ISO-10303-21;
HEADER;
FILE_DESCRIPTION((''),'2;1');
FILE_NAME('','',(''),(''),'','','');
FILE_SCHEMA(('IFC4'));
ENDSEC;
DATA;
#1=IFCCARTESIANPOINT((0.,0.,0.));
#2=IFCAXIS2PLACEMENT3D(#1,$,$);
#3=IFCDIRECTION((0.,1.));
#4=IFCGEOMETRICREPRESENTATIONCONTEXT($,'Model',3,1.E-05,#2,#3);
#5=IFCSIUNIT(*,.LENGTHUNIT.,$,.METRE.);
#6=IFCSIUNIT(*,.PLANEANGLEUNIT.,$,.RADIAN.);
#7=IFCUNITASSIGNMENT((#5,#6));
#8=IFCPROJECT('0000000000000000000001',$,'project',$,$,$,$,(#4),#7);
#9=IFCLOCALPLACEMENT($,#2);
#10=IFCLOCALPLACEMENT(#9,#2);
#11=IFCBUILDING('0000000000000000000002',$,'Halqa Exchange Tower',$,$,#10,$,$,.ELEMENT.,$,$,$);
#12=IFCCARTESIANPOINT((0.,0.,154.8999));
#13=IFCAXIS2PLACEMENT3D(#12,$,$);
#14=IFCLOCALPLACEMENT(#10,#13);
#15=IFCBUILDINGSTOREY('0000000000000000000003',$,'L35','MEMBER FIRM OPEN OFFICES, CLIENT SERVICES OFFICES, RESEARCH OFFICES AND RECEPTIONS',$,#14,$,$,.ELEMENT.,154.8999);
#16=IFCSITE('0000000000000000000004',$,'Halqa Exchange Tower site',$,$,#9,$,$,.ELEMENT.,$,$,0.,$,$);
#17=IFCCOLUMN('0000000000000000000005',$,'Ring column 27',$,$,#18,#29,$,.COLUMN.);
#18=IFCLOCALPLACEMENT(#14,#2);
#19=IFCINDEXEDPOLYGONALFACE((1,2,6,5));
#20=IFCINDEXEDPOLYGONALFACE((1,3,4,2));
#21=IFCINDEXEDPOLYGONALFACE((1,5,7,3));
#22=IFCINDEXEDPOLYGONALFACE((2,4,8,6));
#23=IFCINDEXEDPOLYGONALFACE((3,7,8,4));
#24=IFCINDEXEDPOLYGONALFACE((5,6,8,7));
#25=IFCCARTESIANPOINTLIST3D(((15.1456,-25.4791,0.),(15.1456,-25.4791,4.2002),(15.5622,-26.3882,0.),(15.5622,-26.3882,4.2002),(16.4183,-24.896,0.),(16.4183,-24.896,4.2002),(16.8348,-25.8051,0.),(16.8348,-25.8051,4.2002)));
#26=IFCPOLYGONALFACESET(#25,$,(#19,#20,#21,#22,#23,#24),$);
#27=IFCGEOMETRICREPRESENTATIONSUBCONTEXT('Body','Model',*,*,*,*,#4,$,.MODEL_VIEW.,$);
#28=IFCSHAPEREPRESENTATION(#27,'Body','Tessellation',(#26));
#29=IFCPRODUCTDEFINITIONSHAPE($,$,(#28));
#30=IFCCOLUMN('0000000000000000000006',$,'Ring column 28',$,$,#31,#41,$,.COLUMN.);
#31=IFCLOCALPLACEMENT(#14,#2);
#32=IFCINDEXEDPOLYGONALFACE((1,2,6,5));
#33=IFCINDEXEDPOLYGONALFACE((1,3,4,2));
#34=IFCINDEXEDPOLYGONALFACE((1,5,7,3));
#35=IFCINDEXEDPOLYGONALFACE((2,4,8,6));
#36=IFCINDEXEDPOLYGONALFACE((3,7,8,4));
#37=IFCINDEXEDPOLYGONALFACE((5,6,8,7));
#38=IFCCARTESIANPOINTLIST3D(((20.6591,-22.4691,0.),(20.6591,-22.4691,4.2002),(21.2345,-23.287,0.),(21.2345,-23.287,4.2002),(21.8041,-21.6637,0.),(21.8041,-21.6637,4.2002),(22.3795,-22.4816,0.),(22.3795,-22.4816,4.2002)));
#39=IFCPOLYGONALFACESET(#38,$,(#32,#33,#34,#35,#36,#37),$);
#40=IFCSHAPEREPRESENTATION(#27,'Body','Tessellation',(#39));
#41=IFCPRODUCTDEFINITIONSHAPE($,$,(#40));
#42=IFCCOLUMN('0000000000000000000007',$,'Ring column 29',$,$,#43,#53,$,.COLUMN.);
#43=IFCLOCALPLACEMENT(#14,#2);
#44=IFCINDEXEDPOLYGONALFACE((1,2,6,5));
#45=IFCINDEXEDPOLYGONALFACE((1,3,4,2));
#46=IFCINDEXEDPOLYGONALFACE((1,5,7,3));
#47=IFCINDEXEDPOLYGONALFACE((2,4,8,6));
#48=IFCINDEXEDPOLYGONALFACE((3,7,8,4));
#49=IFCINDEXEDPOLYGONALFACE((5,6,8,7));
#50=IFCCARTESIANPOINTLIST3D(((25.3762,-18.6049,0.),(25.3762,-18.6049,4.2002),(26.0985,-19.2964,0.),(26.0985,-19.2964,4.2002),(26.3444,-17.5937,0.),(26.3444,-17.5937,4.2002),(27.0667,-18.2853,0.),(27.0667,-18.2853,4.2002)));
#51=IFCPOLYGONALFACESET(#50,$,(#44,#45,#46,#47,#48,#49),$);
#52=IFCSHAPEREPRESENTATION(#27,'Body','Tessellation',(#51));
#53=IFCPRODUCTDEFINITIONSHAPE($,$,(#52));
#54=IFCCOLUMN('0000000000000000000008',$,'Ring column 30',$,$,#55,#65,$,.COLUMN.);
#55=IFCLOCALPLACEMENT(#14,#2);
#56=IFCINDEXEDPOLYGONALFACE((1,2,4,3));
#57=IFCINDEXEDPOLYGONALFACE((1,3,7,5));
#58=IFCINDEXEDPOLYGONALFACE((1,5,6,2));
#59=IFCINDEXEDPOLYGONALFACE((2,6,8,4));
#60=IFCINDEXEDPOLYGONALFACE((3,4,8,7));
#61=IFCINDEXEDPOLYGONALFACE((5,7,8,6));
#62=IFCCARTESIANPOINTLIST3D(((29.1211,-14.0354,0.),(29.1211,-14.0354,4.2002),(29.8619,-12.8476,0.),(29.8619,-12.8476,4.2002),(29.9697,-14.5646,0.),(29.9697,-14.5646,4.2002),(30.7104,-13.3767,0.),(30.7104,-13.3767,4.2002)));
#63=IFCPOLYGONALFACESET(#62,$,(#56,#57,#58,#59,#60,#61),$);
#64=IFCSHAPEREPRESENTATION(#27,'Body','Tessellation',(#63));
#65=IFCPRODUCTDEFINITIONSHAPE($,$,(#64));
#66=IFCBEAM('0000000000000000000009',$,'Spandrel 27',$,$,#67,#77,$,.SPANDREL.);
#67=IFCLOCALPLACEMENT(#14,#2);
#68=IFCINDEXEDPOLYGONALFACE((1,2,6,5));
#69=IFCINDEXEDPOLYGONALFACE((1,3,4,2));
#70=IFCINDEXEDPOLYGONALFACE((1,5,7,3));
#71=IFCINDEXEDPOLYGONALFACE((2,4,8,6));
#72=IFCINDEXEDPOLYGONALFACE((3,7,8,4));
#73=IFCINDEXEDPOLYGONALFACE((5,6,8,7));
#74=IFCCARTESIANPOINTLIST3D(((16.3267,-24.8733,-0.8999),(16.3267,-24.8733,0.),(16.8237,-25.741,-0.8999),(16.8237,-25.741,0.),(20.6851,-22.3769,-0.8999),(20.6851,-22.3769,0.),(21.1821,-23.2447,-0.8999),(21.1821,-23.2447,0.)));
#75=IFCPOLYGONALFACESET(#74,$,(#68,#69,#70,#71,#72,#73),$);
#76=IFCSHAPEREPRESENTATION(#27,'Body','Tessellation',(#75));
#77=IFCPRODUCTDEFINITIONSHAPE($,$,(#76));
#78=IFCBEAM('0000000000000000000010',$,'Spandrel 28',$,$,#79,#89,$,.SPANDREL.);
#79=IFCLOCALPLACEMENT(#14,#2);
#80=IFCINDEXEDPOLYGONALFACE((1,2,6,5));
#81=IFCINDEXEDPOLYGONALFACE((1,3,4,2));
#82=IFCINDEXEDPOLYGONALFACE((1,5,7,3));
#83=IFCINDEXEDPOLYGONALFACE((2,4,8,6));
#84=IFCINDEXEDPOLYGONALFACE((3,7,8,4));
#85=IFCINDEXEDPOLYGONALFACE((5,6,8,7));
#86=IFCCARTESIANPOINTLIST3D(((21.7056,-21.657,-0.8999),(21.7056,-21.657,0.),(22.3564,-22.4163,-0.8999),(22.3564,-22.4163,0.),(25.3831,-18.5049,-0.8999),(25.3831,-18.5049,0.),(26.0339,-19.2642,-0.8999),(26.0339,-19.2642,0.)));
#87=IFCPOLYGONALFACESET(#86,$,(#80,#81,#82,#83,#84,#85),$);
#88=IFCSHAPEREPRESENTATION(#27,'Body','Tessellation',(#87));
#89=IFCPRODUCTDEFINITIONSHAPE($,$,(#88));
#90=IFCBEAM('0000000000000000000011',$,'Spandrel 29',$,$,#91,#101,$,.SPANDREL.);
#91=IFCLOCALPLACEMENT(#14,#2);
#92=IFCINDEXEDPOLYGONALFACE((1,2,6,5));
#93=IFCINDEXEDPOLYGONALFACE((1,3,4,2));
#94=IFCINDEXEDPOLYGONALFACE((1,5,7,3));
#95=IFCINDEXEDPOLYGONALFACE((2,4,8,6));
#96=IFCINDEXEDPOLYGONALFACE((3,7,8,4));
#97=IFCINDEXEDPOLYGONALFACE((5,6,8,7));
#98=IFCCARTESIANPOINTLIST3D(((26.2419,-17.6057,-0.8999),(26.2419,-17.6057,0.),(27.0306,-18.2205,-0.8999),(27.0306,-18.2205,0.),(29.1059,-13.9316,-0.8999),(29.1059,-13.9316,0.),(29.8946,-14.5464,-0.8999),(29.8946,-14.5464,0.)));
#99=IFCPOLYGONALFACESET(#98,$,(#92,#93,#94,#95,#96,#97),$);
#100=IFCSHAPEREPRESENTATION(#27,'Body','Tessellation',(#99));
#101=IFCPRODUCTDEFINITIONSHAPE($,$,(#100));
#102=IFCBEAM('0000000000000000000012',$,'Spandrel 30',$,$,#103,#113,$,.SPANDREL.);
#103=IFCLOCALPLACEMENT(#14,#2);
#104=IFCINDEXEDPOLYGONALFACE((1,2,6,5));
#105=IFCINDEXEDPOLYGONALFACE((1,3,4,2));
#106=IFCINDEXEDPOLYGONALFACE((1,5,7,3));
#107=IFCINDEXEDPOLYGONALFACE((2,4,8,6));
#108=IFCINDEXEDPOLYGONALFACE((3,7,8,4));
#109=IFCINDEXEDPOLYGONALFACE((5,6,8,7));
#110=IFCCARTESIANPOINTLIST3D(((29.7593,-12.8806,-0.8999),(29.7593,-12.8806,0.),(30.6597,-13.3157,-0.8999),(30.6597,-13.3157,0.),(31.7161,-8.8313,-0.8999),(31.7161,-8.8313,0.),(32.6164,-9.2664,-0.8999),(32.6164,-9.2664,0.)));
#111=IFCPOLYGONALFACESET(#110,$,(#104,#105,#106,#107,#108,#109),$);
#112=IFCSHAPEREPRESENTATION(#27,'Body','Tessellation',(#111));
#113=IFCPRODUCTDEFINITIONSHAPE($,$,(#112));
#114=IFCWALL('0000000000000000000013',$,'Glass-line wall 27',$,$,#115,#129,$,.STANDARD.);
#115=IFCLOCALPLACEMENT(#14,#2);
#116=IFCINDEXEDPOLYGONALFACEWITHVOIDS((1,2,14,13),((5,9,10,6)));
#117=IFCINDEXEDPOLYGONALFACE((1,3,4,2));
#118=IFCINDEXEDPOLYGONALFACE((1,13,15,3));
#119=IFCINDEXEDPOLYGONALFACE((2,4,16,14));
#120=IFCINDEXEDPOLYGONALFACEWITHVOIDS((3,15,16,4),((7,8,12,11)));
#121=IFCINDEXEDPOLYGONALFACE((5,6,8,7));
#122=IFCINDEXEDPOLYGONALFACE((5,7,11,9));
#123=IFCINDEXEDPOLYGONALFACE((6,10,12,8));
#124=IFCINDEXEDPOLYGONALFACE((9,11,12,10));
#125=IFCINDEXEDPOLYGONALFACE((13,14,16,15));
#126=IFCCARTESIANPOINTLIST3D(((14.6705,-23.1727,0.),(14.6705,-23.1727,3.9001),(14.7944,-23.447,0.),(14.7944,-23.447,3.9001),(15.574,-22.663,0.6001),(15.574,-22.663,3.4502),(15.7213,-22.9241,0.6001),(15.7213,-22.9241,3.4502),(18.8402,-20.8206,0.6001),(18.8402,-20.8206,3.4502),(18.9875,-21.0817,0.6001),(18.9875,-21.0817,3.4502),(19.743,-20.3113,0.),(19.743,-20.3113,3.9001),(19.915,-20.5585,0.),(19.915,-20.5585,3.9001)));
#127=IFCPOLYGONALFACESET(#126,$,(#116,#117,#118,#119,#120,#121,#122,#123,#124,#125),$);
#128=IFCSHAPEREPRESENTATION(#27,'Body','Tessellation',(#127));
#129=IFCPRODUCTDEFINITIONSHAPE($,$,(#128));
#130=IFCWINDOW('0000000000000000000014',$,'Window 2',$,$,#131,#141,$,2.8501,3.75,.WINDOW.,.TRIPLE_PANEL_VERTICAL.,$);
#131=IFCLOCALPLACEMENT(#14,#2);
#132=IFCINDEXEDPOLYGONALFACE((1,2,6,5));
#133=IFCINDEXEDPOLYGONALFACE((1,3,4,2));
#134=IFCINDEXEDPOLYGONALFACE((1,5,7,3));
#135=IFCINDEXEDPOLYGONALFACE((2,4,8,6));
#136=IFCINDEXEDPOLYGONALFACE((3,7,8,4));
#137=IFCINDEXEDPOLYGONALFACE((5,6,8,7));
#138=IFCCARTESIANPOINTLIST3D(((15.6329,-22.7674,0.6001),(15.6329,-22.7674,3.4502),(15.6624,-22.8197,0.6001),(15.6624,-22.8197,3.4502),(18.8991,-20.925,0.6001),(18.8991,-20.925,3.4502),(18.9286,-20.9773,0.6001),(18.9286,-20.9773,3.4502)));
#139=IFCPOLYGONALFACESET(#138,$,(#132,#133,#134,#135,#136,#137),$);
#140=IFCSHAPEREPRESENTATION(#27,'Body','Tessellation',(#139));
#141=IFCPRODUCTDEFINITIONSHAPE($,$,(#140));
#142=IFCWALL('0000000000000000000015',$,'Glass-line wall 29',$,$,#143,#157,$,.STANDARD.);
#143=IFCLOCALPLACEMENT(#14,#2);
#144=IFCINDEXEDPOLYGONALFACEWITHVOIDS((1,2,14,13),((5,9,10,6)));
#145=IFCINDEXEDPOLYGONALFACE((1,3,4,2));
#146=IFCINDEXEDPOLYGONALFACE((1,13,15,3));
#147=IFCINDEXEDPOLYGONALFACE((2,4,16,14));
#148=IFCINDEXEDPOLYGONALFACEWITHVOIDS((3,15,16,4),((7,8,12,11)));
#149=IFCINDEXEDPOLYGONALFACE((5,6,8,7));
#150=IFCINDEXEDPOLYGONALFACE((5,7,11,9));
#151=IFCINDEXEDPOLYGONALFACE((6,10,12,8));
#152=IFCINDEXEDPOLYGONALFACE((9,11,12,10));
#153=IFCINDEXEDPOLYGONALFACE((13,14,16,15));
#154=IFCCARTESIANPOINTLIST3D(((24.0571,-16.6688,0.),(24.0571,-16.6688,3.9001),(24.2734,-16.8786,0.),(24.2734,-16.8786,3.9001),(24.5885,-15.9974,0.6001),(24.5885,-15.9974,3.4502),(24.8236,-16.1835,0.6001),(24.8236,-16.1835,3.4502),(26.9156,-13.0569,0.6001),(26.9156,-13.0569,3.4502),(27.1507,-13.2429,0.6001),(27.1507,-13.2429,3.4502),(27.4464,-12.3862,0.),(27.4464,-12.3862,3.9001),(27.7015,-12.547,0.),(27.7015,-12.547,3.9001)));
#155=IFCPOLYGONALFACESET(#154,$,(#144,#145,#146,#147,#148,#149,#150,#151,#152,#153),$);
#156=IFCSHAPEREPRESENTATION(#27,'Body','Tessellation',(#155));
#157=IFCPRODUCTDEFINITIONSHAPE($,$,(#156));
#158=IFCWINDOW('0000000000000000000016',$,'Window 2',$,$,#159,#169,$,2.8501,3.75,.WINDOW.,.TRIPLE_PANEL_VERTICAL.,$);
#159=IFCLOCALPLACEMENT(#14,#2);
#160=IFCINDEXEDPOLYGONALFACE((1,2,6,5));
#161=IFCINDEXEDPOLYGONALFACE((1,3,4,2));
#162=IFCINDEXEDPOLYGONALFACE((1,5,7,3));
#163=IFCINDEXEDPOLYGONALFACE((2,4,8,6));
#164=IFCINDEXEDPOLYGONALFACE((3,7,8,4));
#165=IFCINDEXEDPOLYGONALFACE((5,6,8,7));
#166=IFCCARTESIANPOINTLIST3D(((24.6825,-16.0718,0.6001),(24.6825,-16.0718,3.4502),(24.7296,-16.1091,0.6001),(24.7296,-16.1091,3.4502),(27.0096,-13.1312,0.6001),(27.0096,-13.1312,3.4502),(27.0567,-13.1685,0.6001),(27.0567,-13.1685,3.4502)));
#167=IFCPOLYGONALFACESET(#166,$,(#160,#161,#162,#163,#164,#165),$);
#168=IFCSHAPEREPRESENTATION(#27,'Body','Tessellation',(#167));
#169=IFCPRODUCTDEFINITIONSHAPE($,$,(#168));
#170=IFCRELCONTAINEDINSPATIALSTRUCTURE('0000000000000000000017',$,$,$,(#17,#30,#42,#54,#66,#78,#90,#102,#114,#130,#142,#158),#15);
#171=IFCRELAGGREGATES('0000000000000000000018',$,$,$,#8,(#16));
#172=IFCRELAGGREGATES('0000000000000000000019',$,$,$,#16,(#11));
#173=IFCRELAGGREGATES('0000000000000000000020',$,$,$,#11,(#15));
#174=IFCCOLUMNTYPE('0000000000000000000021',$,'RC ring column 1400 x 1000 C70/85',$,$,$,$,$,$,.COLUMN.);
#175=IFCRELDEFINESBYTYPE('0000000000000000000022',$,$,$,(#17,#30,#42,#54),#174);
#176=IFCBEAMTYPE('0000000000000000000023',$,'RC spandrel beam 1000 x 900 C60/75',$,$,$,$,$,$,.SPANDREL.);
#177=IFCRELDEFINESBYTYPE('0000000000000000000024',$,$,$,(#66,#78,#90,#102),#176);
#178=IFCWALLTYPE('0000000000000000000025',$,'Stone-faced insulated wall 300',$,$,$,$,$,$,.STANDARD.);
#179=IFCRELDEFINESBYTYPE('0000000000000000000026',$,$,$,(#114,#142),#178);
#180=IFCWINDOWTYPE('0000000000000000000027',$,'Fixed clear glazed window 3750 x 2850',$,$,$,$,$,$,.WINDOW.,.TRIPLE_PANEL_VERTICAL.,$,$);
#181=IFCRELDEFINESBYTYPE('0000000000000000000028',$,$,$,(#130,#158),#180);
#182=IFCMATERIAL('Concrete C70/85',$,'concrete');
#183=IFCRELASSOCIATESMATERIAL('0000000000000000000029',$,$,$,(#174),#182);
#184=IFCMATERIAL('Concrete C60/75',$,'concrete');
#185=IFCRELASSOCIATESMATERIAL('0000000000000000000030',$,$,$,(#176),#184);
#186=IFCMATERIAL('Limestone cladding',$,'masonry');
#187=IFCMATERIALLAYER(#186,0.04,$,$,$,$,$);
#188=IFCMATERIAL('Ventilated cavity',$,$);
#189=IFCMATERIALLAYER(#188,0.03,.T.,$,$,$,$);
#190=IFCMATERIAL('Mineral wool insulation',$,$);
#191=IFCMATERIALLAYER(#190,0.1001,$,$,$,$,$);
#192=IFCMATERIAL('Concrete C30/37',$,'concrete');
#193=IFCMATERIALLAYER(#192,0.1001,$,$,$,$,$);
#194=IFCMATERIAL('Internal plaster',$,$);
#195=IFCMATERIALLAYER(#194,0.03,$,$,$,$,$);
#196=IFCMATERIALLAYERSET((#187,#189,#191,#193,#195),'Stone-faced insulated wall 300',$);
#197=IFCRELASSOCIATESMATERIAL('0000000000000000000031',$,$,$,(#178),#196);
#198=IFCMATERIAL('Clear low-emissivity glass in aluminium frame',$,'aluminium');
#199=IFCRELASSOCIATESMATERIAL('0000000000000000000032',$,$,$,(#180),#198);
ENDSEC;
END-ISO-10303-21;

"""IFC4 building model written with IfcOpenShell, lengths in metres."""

from ifc_helpers import new_model, si_unit, direction, frame, frame_2d, origin, origin_2d, place, context, subcontext, project, spatial, polyline, rectangle, outline, extrude, material, layer, layer_set, material_profile, profile_set, type_object, element, fill, save


model = new_model("IFC4")

# Units and contexts
model_context = context("Model", 3, precision=1e-05, world=origin(), true_north=direction((0.0, 1.0)))
body_context = subcontext(model_context, "Body", "Model", "MODEL_VIEW")
ifc_project = project(units=[si_unit("LENGTHUNIT", "METRE"), si_unit("PLANEANGLEUNIT", "RADIAN")], contexts=[model_context])

# Site, building, storey
site_placement = place(None, origin())
site = spatial("IfcSite", under=ifc_project, at=site_placement, Name="Halqa Exchange Tower site", CompositionType="ELEMENT", RefElevation=0.0)
building_placement = place(site_placement, origin())
building = spatial("IfcBuilding", under=site, at=building_placement, Name="Halqa Exchange Tower", CompositionType="ELEMENT")
storey_placement = place(building_placement, frame((0.0, 0.0, 154.8999)))
storey = spatial("IfcBuildingStorey", under=building, at=storey_placement, Name="L35", Description="MEMBER FIRM OPEN OFFICES, CLIENT SERVICES OFFICES, RESEARCH OFFICES AND RECEPTIONS", CompositionType="ELEMENT", Elevation=154.8999)

# Columns
ifc_material_1 = material(Name="Concrete C70/85", Category="concrete")
ifc_material_profile_1 = material_profile(ifc_material_1, rectangle(XDim=1.3999, YDim=1.0, at=origin_2d()), Name="1400 x 1000")
ifc_profile_set_1 = profile_set([ifc_material_profile_1], Name="Concrete C70/85")
column_type = type_object("IfcColumnType", Name="RC ring column 1400 x 1000 C70/85", PredefinedType="COLUMN", material=ifc_profile_set_1)
for number, where, z_axis, x_axis, name in (
    (1, (15.9902, -25.6421, 0.0), (0.0, 0.0, 1.0), (0.909126, 0.41652, 0.0), "Ring column 27"),
    (2, (21.5193, -22.4753, 0.0), (0.0, 0.0, 1.0), (0.817911, 0.575345, 0.0), "Ring column 28"),
    (3, (26.2214, -18.4451, 0.0), (0.0, 0.0, 1.0), (0.691579, 0.722301, 0.0), "Ring column 29"),
    (4, (29.9158, -13.7061, 0.0), (0.0, 0.0, 1.0), (0.529143, 0.848532, 0.0), "Ring column 30"),
):
    element("IfcColumn", number, at=place(storey_placement, frame(where, z_axis=z_axis, x_axis=x_axis)), inside=storey, type_object=column_type, Name=name, PredefinedType="COLUMN", context=body_context, shape_type="SweptSolid", body=[
        extrude(rectangle(XDim=1.3999, YDim=1.0, at=origin_2d()), origin(), (0.0, 0.0, 1.0), 4.2002),
    ])

# Beams
ifc_material_2 = material(Name="Concrete C60/75", Category="concrete")
ifc_material_profile_2 = material_profile(ifc_material_2, rectangle(XDim=1.0, YDim=0.8999, at=origin_2d()), Name="1000 x 900")
ifc_profile_set_2 = profile_set([ifc_material_profile_2], Name="Concrete C60/75")
beam_type = type_object("IfcBeamType", Name="RC spandrel beam 1000 x 900 C60/75", PredefinedType="SPANDREL", material=ifc_profile_set_2)
beam_1_placement = place(storey_placement, frame((16.5752, -25.3071, -0.45), z_axis=(0.867743, 0.497013, 0.0), x_axis=(-0.497013, 0.867743, 0.0)))
element("IfcBeam", 5, at=beam_1_placement, inside=storey, type_object=beam_type, Name="Spandrel 27", PredefinedType="SPANDREL", context=body_context, shape_type="SweptSolid", body=[
    extrude(rectangle(XDim=1.0, YDim=0.8999, at=origin_2d()), origin(), (0.0, 0.0, 1.0), 5.0227),
])
beam_2_placement = place(storey_placement, frame((22.031, -22.0366, -0.45), z_axis=(0.75926, 0.650787, 0.0), x_axis=(-0.650787, 0.75926, 0.0)))
element("IfcBeam", 6, at=beam_2_placement, inside=storey, type_object=beam_type, Name="Spandrel 28", PredefinedType="SPANDREL", context=body_context, shape_type="SweptSolid", body=[
    extrude(rectangle(XDim=1.0, YDim=0.8999, at=origin_2d()), origin(), (0.0, 0.0, 1.0), 4.8435),
])
beam_3_placement = place(storey_placement, frame((26.6362, -17.9131, -0.45), z_axis=(0.614797, 0.788686, 0.0), x_axis=(-0.788686, 0.614797, 0.0)))
element("IfcBeam", 7, at=beam_3_placement, inside=storey, type_object=beam_type, Name="Spandrel 29", PredefinedType="SPANDREL", context=body_context, shape_type="SweptSolid", body=[
    extrude(rectangle(XDim=1.0, YDim=0.8999, at=origin_2d()), origin(), (0.0, 0.0, 1.0), 4.6584),
])
beam_4_placement = place(storey_placement, frame((30.2095, -13.0981, -0.45), z_axis=(0.4351, 0.900382, 0.0), x_axis=(-0.900382, 0.4351, 0.0)))
element("IfcBeam", 8, at=beam_4_placement, inside=storey, type_object=beam_type, Name="Spandrel 30", PredefinedType="SPANDREL", context=body_context, shape_type="SweptSolid", body=[
    extrude(rectangle(XDim=1.0, YDim=0.8999, at=origin_2d()), origin(), (0.0, 0.0, 1.0), 4.4973),
])

# Wall, opening, window
ifc_material_3 = material(Name="Limestone cladding", Category="masonry")
ifc_layer_1 = layer(ifc_material_3, 0.04)
ifc_material_4 = material(Name="Ventilated cavity")
ifc_layer_2 = layer(ifc_material_4, 0.03, ventilated=True)
ifc_material_5 = material(Name="Mineral wool insulation")
ifc_layer_3 = layer(ifc_material_5, 0.1001)
ifc_material_6 = material(Name="Concrete C30/37", Category="concrete")
ifc_layer_4 = layer(ifc_material_6, 0.1001)
ifc_material_7 = material(Name="Internal plaster")
ifc_layer_5 = layer(ifc_material_7, 0.03)
ifc_layer_set_1 = layer_set([ifc_layer_1, ifc_layer_2, ifc_layer_3, ifc_layer_4, ifc_layer_5], Name="Stone-faced insulated wall 300")
wall_type_1 = type_object("IfcWallType", Name="Stone-faced insulated wall 300", PredefinedType="STANDARD", material=ifc_layer_set_1)
wall_1_placement = place(storey_placement, frame((14.7324, -23.3098, 0.0), z_axis=(0.0, 0.0, 1.0), x_axis=(0.870982, 0.491315, 0.0)))
wall_1 = element("IfcWall", 9, at=wall_1_placement, inside=storey, type_object=wall_type_1, Name="Glass-line wall 27", PredefinedType="STANDARD", context=body_context, shape_type="SweptSolid", body=[
    extrude(outline(polyline([(-0.0134, -0.1499), (5.8657, -0.1499), (5.8374, 0.1499), (0.0134, 0.1499), (-0.0134, -0.1499)])), origin(), (0.0, 0.0, 1.0), 3.9001),
])
opening_1_placement = place(wall_1_placement, frame((1.0508, 0.0, 0.6001)))
opening_1 = element("IfcOpeningElement", 10, at=opening_1_placement, cuts=wall_1, PredefinedType="OPENING", context=body_context, shape_type="SweptSolid", body=[
    extrude(rectangle(XDim=3.75, YDim=2.8501, at=frame_2d((1.875, 1.425))), frame((0.0, 0.1621, 0.0), z_axis=(0.0, -1.0, 0.0), x_axis=(1.0, 0.0, 0.0)), (0.0, 0.0, 1.0), 0.324),
])
ifc_material_8 = material(Name="Clear low-emissivity glass in aluminium frame", Category="aluminium")
window_type = type_object("IfcWindowType", Name="Fixed clear glazed window 3750 x 2850", PartitioningType="TRIPLE_PANEL_VERTICAL", PredefinedType="WINDOW", material=ifc_material_8)
window_1_placement = place(opening_1_placement, origin())
window_1 = element("IfcWindow", 11, at=window_1_placement, inside=storey, type_object=window_type, Name="Window 2", OverallHeight=2.8501, OverallWidth=3.75, PartitioningType="TRIPLE_PANEL_VERTICAL", PredefinedType="WINDOW", context=body_context, shape_type="SweptSolid", body=[
    extrude(rectangle(XDim=3.75, YDim=2.8501, at=frame_2d((1.875, 1.425))), frame((0.0, 0.03, 0.0), z_axis=(0.0, -1.0, 0.0), x_axis=(1.0, 0.0, 0.0)), (0.0, 0.0, 1.0), 0.0601),
])
fill(opening_1, window_1)

# Wall, opening, window
wall_2_placement = place(storey_placement, frame((24.1653, -16.7737, 0.0), z_axis=(0.0, 0.0, 1.0), x_axis=(0.620578, 0.784145, 0.0)))
wall_2 = element("IfcWall", 12, at=wall_2_placement, inside=storey, type_object=wall_type_1, Name="Glass-line wall 29", PredefinedType="STANDARD", context=body_context, shape_type="SweptSolid", body=[
    extrude(outline(polyline([(-0.0151, -0.1499), (5.5088, -0.1499), (5.4766, 0.1499), (0.0151, 0.1499), (-0.0151, -0.1499)])), origin(), (0.0, 0.0, 1.0), 3.9001),
])
opening_2_placement = place(wall_2_placement, frame((0.8713, 0.0, 0.6001)))
opening_2 = element("IfcOpeningElement", 13, at=opening_2_placement, cuts=wall_2, PredefinedType="OPENING", context=body_context, shape_type="SweptSolid", body=[
    extrude(rectangle(XDim=3.75, YDim=2.8501, at=frame_2d((1.875, 1.425))), frame((0.0, 0.1621, 0.0), z_axis=(0.0, -1.0, 0.0), x_axis=(1.0, 0.0, 0.0)), (0.0, 0.0, 1.0), 0.324),
])
window_2_placement = place(opening_2_placement, origin())
window_2 = element("IfcWindow", 14, at=window_2_placement, inside=storey, type_object=window_type, Name="Window 2", OverallHeight=2.8501, OverallWidth=3.75, PartitioningType="TRIPLE_PANEL_VERTICAL", PredefinedType="WINDOW", context=body_context, shape_type="SweptSolid", body=[
    extrude(rectangle(XDim=3.75, YDim=2.8501, at=frame_2d((1.875, 1.425))), frame((0.0, 0.03, 0.0), z_axis=(0.0, -1.0, 0.0), x_axis=(1.0, 0.0, 0.0)), (0.0, 0.0, 1.0), 0.0601),
])
fill(opening_2, window_2)

save(model, "model.ifc")
